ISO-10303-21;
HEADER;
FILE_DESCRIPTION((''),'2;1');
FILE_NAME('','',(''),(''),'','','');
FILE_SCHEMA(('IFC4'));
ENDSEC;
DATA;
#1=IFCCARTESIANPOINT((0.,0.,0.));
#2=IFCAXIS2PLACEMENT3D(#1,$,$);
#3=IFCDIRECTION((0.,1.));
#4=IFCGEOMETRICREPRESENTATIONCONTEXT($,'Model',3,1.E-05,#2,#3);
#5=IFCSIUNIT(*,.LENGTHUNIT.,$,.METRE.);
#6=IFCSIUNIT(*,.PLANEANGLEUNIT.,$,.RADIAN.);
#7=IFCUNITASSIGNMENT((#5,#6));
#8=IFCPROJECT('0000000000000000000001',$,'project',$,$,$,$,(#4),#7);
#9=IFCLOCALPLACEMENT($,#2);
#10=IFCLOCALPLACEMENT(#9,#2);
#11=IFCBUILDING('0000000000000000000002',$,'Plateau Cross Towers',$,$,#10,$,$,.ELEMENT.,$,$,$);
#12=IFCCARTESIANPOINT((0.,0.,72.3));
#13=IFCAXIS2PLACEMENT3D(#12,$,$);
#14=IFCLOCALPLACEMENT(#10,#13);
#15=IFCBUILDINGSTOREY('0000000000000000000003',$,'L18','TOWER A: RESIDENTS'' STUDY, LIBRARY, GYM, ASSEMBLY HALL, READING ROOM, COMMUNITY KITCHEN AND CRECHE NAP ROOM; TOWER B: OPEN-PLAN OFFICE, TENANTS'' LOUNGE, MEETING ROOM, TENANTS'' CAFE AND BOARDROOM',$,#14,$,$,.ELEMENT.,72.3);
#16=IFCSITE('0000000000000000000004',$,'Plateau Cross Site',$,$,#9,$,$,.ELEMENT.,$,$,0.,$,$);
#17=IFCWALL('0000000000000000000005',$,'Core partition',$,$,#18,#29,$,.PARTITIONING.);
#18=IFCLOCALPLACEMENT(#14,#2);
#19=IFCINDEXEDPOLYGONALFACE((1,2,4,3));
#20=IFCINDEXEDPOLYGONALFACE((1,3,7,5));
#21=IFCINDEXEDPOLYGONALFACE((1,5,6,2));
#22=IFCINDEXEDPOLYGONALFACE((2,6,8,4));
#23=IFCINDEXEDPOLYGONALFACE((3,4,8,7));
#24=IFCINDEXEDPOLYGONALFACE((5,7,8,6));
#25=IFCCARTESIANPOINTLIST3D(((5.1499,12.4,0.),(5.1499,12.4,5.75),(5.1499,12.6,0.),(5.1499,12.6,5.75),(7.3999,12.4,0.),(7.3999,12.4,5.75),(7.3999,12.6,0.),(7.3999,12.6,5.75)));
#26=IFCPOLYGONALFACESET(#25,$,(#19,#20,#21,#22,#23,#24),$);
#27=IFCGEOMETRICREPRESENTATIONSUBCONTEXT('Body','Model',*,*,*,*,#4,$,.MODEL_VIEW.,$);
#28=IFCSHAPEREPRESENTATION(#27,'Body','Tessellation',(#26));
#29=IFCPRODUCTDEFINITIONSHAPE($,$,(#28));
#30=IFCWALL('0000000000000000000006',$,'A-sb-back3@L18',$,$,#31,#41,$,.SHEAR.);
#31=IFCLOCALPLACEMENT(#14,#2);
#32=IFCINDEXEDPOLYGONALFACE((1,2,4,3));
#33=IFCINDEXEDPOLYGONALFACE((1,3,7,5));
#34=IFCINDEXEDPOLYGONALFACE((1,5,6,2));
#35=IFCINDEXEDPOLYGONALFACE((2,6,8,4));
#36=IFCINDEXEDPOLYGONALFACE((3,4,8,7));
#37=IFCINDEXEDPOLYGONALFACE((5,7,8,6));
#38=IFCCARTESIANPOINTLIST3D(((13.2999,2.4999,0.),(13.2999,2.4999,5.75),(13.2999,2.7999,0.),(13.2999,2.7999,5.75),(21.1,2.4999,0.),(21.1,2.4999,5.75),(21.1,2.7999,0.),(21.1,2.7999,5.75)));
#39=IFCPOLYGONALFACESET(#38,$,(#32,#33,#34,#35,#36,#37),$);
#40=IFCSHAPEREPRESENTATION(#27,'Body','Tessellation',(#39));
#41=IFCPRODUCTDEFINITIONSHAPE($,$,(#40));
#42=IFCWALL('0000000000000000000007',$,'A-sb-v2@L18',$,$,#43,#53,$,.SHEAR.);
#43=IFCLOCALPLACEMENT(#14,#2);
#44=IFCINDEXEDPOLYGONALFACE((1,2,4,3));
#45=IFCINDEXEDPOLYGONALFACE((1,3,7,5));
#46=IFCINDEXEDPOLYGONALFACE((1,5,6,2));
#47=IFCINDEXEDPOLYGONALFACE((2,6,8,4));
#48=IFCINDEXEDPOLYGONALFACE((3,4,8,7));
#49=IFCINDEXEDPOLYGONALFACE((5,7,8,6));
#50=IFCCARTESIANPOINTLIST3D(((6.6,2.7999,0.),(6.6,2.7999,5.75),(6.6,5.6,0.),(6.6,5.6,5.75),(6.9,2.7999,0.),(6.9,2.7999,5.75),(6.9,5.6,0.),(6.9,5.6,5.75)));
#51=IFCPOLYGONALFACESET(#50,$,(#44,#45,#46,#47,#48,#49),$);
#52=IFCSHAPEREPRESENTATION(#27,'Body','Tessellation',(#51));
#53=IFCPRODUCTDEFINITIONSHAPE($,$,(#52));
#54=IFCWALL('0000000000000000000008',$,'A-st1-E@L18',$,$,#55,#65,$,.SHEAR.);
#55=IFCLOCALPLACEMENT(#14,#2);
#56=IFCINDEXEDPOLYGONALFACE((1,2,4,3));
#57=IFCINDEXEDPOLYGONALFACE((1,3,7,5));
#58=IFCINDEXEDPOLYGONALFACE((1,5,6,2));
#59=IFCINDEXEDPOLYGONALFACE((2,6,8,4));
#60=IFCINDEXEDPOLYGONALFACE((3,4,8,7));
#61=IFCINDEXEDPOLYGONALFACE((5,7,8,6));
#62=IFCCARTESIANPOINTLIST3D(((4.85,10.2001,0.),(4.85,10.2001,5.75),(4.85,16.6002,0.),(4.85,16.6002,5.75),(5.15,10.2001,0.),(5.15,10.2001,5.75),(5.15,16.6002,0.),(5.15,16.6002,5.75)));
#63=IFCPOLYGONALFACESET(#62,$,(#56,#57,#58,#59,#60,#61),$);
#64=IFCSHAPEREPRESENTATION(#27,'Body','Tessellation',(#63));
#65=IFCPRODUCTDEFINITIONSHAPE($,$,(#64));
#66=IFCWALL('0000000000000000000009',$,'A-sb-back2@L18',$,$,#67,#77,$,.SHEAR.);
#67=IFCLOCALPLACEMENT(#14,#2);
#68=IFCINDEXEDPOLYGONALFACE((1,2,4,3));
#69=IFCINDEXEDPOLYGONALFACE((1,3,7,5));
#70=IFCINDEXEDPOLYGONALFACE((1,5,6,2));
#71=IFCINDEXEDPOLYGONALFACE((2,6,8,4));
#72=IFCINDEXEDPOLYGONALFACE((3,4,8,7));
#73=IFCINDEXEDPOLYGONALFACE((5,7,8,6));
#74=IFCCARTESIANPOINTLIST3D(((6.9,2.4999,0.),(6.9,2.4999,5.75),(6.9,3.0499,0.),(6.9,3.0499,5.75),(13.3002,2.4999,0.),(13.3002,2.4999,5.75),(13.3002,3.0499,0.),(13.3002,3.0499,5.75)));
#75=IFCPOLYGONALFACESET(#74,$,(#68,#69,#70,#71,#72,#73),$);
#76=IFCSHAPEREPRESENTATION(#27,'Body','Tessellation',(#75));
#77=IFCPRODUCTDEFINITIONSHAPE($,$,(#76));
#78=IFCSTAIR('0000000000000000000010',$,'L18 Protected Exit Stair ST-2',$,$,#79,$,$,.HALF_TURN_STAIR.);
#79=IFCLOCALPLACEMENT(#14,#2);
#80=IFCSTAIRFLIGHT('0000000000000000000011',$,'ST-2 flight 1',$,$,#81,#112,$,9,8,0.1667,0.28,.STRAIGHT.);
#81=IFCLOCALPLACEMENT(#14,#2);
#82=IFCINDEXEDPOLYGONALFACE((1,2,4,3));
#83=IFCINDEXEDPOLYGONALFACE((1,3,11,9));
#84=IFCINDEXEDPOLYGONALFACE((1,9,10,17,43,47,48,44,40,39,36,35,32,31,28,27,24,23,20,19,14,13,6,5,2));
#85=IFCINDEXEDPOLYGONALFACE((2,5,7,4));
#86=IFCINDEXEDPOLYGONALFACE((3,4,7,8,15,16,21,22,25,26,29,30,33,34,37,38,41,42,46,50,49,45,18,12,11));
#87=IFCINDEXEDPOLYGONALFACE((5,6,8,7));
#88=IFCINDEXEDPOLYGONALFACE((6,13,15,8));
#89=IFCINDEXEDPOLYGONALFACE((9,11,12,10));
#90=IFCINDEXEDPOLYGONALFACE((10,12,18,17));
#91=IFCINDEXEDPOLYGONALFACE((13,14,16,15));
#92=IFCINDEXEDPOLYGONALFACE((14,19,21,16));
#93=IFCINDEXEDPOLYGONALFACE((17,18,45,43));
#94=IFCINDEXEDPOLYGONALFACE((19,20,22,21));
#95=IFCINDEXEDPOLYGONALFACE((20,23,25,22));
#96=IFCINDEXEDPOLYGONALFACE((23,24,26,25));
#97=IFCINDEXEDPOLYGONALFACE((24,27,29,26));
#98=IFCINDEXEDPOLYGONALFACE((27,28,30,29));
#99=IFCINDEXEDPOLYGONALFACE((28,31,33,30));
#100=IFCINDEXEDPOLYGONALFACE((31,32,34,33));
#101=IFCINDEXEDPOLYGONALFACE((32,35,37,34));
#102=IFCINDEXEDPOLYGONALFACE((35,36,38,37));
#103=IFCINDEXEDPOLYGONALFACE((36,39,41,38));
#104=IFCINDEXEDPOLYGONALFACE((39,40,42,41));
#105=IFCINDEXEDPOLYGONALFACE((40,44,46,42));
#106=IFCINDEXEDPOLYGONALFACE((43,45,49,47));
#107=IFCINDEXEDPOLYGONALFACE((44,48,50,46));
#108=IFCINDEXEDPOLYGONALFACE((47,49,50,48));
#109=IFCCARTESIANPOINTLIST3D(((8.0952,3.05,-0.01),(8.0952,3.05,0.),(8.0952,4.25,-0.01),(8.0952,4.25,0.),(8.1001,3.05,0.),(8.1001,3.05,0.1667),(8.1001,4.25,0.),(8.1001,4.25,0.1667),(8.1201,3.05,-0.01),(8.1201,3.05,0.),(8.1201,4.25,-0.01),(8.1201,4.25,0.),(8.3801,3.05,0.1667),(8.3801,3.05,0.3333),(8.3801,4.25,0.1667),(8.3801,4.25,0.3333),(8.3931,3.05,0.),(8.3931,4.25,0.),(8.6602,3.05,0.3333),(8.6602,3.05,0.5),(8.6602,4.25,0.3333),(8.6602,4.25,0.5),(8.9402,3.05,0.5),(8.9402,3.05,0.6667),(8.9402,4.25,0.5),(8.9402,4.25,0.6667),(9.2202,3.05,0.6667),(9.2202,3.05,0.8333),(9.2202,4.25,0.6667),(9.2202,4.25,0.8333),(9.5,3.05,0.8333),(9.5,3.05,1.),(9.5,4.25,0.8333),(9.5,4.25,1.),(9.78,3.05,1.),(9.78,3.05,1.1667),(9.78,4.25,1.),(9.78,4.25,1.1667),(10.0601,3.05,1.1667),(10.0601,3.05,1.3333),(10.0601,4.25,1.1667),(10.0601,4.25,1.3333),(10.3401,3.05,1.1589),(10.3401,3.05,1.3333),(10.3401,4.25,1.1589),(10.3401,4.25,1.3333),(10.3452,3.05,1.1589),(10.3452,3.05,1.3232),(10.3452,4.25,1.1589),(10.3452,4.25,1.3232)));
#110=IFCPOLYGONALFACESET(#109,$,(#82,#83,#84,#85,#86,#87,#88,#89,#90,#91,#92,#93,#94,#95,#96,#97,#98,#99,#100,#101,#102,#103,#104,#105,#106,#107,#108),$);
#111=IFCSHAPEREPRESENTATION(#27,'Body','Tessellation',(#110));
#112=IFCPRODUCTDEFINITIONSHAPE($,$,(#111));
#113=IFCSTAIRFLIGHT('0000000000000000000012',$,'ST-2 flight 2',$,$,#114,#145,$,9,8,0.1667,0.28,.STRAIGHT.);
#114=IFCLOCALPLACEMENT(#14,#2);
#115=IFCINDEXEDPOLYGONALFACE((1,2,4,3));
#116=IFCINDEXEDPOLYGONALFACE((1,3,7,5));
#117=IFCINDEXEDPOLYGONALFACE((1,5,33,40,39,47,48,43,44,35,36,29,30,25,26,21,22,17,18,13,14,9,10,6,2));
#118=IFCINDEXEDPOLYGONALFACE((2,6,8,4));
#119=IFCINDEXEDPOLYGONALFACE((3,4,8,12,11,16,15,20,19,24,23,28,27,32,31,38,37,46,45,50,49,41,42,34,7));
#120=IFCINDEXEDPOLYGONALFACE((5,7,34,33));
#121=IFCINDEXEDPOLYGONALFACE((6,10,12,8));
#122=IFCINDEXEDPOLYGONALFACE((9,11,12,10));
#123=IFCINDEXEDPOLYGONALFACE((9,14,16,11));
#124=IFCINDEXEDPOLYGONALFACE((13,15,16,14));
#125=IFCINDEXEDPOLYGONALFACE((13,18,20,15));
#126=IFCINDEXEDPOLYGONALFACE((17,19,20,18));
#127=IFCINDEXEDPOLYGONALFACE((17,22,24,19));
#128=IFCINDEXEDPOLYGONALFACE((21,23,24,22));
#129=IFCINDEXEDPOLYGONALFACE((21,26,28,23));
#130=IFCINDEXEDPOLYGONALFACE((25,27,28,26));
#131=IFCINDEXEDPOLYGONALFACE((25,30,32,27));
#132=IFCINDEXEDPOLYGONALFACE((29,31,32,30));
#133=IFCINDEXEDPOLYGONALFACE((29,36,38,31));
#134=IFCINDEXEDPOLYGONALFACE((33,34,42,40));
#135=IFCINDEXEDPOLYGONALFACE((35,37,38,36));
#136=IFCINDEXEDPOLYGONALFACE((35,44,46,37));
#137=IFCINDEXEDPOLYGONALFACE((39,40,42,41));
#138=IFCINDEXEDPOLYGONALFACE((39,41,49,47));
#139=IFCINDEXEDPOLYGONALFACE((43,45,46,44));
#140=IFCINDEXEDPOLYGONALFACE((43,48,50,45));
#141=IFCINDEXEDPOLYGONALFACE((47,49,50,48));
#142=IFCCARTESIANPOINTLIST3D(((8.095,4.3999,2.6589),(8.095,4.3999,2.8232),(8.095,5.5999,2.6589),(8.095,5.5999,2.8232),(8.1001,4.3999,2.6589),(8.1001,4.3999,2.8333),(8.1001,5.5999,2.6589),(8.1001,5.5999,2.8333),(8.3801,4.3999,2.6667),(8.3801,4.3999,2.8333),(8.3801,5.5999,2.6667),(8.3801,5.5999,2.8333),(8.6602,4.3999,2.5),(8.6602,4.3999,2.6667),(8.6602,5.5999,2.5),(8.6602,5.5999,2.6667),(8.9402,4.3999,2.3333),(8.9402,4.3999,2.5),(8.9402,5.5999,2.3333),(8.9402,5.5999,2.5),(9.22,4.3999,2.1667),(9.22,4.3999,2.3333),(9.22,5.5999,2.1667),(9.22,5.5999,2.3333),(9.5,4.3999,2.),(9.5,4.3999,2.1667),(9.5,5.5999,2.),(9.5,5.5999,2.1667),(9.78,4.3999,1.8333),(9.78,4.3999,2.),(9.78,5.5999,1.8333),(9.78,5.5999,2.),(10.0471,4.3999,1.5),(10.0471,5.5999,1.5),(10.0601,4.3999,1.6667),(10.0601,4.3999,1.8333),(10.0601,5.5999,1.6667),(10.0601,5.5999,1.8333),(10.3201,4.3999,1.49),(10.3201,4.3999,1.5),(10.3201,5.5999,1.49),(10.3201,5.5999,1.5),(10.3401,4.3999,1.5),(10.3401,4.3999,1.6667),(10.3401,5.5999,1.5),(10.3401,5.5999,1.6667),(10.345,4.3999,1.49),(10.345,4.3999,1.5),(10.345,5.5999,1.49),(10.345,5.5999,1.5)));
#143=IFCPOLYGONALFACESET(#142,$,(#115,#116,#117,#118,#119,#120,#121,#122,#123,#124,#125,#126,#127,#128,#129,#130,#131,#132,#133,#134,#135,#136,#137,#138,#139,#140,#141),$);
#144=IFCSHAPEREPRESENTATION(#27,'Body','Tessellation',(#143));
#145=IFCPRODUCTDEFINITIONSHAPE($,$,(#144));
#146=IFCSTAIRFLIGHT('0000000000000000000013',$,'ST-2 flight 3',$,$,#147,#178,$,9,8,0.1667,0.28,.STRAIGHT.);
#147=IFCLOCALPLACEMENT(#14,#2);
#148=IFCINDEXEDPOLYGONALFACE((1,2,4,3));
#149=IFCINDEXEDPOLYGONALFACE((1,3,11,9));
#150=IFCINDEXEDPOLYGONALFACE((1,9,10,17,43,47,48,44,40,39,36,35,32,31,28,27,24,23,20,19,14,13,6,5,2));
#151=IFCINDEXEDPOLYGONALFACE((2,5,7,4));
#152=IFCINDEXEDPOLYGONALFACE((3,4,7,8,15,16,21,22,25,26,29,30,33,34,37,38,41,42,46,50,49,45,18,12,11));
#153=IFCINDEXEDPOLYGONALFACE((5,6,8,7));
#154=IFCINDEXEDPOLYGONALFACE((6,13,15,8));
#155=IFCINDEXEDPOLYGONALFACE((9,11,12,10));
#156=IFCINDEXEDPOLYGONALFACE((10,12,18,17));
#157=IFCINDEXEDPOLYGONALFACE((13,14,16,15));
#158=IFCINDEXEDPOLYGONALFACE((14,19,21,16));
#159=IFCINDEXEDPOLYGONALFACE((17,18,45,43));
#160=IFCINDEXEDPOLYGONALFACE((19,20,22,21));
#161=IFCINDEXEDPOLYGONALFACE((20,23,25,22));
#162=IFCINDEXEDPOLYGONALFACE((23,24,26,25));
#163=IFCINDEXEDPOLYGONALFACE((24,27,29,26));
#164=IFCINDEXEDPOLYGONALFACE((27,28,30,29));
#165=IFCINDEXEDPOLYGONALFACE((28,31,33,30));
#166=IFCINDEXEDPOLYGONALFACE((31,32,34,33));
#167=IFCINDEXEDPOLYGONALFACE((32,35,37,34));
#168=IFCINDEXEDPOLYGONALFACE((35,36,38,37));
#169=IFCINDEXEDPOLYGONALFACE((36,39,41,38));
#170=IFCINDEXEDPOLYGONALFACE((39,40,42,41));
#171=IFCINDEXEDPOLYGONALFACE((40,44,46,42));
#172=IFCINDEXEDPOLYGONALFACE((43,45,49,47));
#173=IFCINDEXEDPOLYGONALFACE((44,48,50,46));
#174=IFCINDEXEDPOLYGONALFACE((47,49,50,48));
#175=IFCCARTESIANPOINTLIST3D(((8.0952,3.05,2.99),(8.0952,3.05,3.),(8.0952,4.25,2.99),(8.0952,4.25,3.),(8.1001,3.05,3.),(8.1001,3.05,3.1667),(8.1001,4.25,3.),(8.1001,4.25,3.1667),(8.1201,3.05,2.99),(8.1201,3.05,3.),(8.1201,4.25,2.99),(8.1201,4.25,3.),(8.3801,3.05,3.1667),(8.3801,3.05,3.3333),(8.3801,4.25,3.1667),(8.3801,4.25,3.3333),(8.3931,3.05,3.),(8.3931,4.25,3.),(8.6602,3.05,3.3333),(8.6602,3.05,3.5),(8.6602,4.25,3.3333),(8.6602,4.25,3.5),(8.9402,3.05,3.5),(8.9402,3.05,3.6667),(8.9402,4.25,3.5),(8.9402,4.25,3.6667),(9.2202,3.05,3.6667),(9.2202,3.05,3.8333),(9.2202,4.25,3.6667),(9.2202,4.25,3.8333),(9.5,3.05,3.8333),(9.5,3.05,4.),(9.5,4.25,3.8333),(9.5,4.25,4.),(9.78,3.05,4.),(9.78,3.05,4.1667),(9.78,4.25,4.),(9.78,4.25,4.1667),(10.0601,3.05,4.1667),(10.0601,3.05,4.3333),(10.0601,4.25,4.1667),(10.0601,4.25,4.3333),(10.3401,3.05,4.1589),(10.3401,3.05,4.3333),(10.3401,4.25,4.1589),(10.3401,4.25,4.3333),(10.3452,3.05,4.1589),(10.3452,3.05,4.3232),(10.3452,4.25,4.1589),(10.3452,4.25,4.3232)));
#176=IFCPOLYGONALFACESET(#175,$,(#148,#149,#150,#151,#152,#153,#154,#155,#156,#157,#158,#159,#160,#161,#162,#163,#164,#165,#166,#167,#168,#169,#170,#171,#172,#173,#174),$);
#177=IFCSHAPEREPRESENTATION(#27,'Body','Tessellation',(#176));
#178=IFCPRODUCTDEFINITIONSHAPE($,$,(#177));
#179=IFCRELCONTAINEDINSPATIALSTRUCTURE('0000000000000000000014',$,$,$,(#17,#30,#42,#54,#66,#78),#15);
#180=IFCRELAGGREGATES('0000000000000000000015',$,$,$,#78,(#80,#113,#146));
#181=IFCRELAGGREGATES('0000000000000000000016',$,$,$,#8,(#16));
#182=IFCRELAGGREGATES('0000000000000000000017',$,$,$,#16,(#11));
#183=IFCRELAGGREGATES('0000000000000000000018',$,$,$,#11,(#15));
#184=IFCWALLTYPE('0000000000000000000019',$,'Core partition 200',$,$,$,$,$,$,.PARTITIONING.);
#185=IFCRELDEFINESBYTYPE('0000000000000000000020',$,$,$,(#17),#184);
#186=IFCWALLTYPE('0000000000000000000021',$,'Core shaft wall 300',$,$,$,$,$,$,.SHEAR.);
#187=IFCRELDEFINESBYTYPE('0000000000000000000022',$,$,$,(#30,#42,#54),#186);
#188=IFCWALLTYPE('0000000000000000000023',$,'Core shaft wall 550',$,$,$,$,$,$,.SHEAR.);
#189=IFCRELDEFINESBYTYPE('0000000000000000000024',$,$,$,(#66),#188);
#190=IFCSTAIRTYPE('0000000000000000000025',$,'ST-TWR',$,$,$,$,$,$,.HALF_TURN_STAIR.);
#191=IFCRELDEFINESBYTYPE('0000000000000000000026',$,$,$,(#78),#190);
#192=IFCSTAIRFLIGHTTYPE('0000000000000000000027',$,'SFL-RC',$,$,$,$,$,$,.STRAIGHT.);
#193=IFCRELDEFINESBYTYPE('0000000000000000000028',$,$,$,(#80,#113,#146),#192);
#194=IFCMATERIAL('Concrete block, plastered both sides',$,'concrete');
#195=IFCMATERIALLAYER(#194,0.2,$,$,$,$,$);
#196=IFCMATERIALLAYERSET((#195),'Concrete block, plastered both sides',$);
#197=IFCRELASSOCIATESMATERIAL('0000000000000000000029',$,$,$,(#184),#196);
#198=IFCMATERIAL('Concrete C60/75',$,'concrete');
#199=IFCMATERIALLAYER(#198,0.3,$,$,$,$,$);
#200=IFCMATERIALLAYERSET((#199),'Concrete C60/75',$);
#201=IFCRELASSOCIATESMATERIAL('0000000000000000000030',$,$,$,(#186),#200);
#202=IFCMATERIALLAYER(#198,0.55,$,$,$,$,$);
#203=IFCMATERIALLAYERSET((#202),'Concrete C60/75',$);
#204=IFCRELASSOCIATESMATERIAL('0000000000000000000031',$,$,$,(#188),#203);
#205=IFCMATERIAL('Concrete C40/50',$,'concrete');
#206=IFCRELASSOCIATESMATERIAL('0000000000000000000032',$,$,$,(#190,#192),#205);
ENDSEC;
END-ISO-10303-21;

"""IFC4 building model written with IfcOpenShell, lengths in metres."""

from ifc_helpers import new_model, si_unit, direction, frame, frame_2d, origin, place, context, subcontext, project, spatial, polyline, rectangle, outline, extrude, material, layer, layer_set, type_object, element, aggregate, save


model = new_model("IFC4")

# Units and contexts
model_context = context("Model", 3, precision=1e-05, world=origin(), true_north=direction((0.0, 1.0)))
body_context = subcontext(model_context, "Body", "Model", "MODEL_VIEW")
ifc_project = project(units=[si_unit("LENGTHUNIT", "METRE"), si_unit("PLANEANGLEUNIT", "RADIAN")], contexts=[model_context])

# Site, building, storey
site_placement = place(None, origin())
site = spatial("IfcSite", under=ifc_project, at=site_placement, Name="Plateau Cross Site", CompositionType="ELEMENT", RefElevation=0.0)
building_placement = place(site_placement, origin())
building = spatial("IfcBuilding", under=site, at=building_placement, Name="Plateau Cross Towers", CompositionType="ELEMENT")
storey_placement = place(building_placement, frame((0.0, 0.0, 72.3)))
storey = spatial("IfcBuildingStorey", under=building, at=storey_placement, Name="L18", Description="TOWER A: RESIDENTS' STUDY, LIBRARY, GYM, ASSEMBLY HALL, READING ROOM, COMMUNITY KITCHEN AND CRECHE NAP ROOM; TOWER B: OPEN-PLAN OFFICE, TENANTS' LOUNGE, MEETING ROOM, TENANTS' CAFE AND BOARDROOM", CompositionType="ELEMENT", Elevation=72.3)

# Shared definitions
ifc_material_1 = material(Name="Concrete block, plastered both sides", Category="concrete")
ifc_layer_1 = layer(ifc_material_1, 0.2)
ifc_layer_set_1 = layer_set([ifc_layer_1], Name="Concrete block, plastered both sides")
wall_type_1 = type_object("IfcWallType", Name="Core partition 200", PredefinedType="PARTITIONING", material=ifc_layer_set_1)

# Walls
wall_1_placement = place(storey_placement, frame((5.1499, 12.5, 0.0), z_axis=(0.0, 0.0, 1.0), x_axis=(1.0, 0.0, 0.0)))
element("IfcWall", 1, at=wall_1_placement, inside=storey, type_object=wall_type_1, Name="Core partition", PredefinedType="PARTITIONING", context=body_context, shape_type="SweptSolid", body=[
    extrude(rectangle(XDim=2.25, YDim=0.2, at=frame_2d((1.125, 0.0))), origin(), (0.0, 0.0, 1.0), 5.75),
])
ifc_material_2 = material(Name="Concrete C60/75", Category="concrete")
ifc_layer_2 = layer(ifc_material_2, 0.3)
ifc_layer_set_2 = layer_set([ifc_layer_2], Name="Concrete C60/75")
wall_type_2 = type_object("IfcWallType", Name="Core shaft wall 300", PredefinedType="SHEAR", material=ifc_layer_set_2)
wall_2_placement = place(storey_placement, frame((13.3, 2.6499, 0.0), z_axis=(0.0, 0.0, 1.0), x_axis=(1.0, 0.0, 0.0)))
element("IfcWall", 2, at=wall_2_placement, inside=storey, type_object=wall_type_2, Name="A-sb-back3@L18", PredefinedType="SHEAR", context=body_context, shape_type="SweptSolid", body=[
    extrude(rectangle(XDim=7.8, YDim=0.3, at=frame_2d((3.8999, 0.0))), origin(), (0.0, 0.0, 1.0), 5.75),
])
wall_3_placement = place(storey_placement, frame((6.75, 2.8, 0.0), z_axis=(0.0, 0.0, 1.0), x_axis=(0.0, 1.0, 0.0)))
element("IfcWall", 3, at=wall_3_placement, inside=storey, type_object=wall_type_2, Name="A-sb-v2@L18", PredefinedType="SHEAR", context=body_context, shape_type="SweptSolid", body=[
    extrude(rectangle(XDim=2.8, YDim=0.3, at=frame_2d((1.3999, 0.0))), origin(), (0.0, 0.0, 1.0), 5.75),
])
wall_4_placement = place(storey_placement, frame((5.0, 10.2, 0.0), z_axis=(0.0, 0.0, 1.0), x_axis=(0.0, 1.0, 0.0)))
element("IfcWall", 4, at=wall_4_placement, inside=storey, type_object=wall_type_2, Name="A-st1-E@L18", PredefinedType="SHEAR", context=body_context, shape_type="SweptSolid", body=[
    extrude(rectangle(XDim=6.4001, YDim=0.3, at=frame_2d((3.2002, 0.0))), origin(), (0.0, 0.0, 1.0), 5.75),
])
ifc_layer_3 = layer(ifc_material_2, 0.55)
ifc_layer_set_3 = layer_set([ifc_layer_3], Name="Concrete C60/75")
wall_type_3 = type_object("IfcWallType", Name="Core shaft wall 550", PredefinedType="SHEAR", material=ifc_layer_set_3)
wall_5_placement = place(storey_placement, frame((6.8999, 2.7749, 0.0), z_axis=(0.0, 0.0, 1.0), x_axis=(1.0, 0.0, 0.0)))
element("IfcWall", 5, at=wall_5_placement, inside=storey, type_object=wall_type_3, Name="A-sb-back2@L18", PredefinedType="SHEAR", context=body_context, shape_type="SweptSolid", body=[
    extrude(rectangle(XDim=6.4001, YDim=0.55, at=frame_2d((3.2002, 0.0))), origin(), (0.0, 0.0, 1.0), 5.75),
])

# Stair, stair flights
ifc_material_3 = material(Name="Concrete C40/50", Category="concrete")
stair_type = type_object("IfcStairType", Name="ST-TWR", PredefinedType="HALF_TURN_STAIR", material=ifc_material_3)
stair_placement = place(storey_placement, origin())
stair = element("IfcStair", 6, at=stair_placement, inside=storey, type_object=stair_type, Name="L18 Protected Exit Stair ST-2", PredefinedType="HALF_TURN_STAIR")
stair_flight_type = type_object("IfcStairFlightType", Name="SFL-RC", PredefinedType="STRAIGHT", material=ifc_material_3)
stair_flight_1_placement = place(storey_placement, frame((8.1001, 3.6499, 0.0), z_axis=(0.0, 0.0, 1.0), x_axis=(1.0, 0.0, 0.0)))
stair_flight_1 = element("IfcStairFlight", 7, at=stair_flight_1_placement, type_object=stair_flight_type, Name="ST-2 flight 1", NumberOfRisers=9, NumberOfTreads=8, PredefinedType="STRAIGHT", RiserHeight=0.1667, TreadLength=0.28, context=body_context, shape_type="SweptSolid", body=[
    extrude(outline(polyline([(-0.0049, -0.01), (-0.0049, 0.0), (0.0, 0.0), (0.0, 0.1667), (0.28, 0.1667), (0.28, 0.3333), (0.5601, 0.3333), (0.5601, 0.5), (0.8401, 0.5), (0.8401, 0.6667), (1.1201, 0.6667), (1.1201, 0.8333), (1.3999, 0.8333), (1.3999, 1.0), (1.6799, 1.0), (1.6799, 1.1667), (1.96, 1.1667), (1.96, 1.3333), (2.24, 1.3333), (2.2451, 1.3232), (2.2451, 1.1589), (2.24, 1.1589), (0.293, 0.0), (0.02, 0.0), (0.02, -0.01), (-0.0049, -0.01)])), frame((0.0, 0.6001, 0.0), z_axis=(0.0, -1.0, 0.0), x_axis=(1.0, 0.0, 0.0)), (0.0, 0.0, 1.0), 1.2),
])
stair_flight_2_placement = place(storey_placement, frame((10.3401, 5.0, 1.5), z_axis=(0.0, 0.0, 1.0), x_axis=(-1.0, 0.0, 0.0)))
stair_flight_2 = element("IfcStairFlight", 8, at=stair_flight_2_placement, type_object=stair_flight_type, Name="ST-2 flight 2", NumberOfRisers=9, NumberOfTreads=8, PredefinedType="STRAIGHT", RiserHeight=0.1667, TreadLength=0.28, context=body_context, shape_type="SweptSolid", body=[
    extrude(outline(polyline([(-0.0049, -0.01), (-0.0049, 0.0), (0.0, 0.0), (0.0, 0.1667), (0.28, 0.1667), (0.28, 0.3333), (0.5601, 0.3333), (0.5601, 0.5), (0.8401, 0.5), (0.8401, 0.6667), (1.1201, 0.6667), (1.1201, 0.8333), (1.3999, 0.8333), (1.3999, 1.0), (1.6799, 1.0), (1.6799, 1.1667), (1.96, 1.1667), (1.96, 1.3333), (2.24, 1.3333), (2.2451, 1.3232), (2.2451, 1.1589), (2.24, 1.1589), (0.293, 0.0), (0.02, 0.0), (0.02, -0.01), (-0.0049, -0.01)])), frame((0.0, 0.6001, 0.0), z_axis=(0.0, -1.0, 0.0), x_axis=(1.0, 0.0, 0.0)), (0.0, 0.0, 1.0), 1.2),
])
stair_flight_3_placement = place(storey_placement, frame((8.1001, 3.6499, 3.0), z_axis=(0.0, 0.0, 1.0), x_axis=(1.0, 0.0, 0.0)))
stair_flight_3 = element("IfcStairFlight", 9, at=stair_flight_3_placement, type_object=stair_flight_type, Name="ST-2 flight 3", NumberOfRisers=9, NumberOfTreads=8, PredefinedType="STRAIGHT", RiserHeight=0.1667, TreadLength=0.28, context=body_context, shape_type="SweptSolid", body=[
    extrude(outline(polyline([(-0.0049, -0.01), (-0.0049, 0.0), (0.0, 0.0), (0.0, 0.1667), (0.28, 0.1667), (0.28, 0.3333), (0.5601, 0.3333), (0.5601, 0.5), (0.8401, 0.5), (0.8401, 0.6667), (1.1201, 0.6667), (1.1201, 0.8333), (1.3999, 0.8333), (1.3999, 1.0), (1.6799, 1.0), (1.6799, 1.1667), (1.96, 1.1667), (1.96, 1.3333), (2.24, 1.3333), (2.2451, 1.3232), (2.2451, 1.1589), (2.24, 1.1589), (0.293, 0.0), (0.02, 0.0), (0.02, -0.01), (-0.0049, -0.01)])), frame((0.0, 0.6001, 0.0), z_axis=(0.0, -1.0, 0.0), x_axis=(1.0, 0.0, 0.0)), (0.0, 0.0, 1.0), 1.2),
])
aggregate(stair, [stair_flight_1, stair_flight_2, stair_flight_3])

save(model, "model.ifc")
